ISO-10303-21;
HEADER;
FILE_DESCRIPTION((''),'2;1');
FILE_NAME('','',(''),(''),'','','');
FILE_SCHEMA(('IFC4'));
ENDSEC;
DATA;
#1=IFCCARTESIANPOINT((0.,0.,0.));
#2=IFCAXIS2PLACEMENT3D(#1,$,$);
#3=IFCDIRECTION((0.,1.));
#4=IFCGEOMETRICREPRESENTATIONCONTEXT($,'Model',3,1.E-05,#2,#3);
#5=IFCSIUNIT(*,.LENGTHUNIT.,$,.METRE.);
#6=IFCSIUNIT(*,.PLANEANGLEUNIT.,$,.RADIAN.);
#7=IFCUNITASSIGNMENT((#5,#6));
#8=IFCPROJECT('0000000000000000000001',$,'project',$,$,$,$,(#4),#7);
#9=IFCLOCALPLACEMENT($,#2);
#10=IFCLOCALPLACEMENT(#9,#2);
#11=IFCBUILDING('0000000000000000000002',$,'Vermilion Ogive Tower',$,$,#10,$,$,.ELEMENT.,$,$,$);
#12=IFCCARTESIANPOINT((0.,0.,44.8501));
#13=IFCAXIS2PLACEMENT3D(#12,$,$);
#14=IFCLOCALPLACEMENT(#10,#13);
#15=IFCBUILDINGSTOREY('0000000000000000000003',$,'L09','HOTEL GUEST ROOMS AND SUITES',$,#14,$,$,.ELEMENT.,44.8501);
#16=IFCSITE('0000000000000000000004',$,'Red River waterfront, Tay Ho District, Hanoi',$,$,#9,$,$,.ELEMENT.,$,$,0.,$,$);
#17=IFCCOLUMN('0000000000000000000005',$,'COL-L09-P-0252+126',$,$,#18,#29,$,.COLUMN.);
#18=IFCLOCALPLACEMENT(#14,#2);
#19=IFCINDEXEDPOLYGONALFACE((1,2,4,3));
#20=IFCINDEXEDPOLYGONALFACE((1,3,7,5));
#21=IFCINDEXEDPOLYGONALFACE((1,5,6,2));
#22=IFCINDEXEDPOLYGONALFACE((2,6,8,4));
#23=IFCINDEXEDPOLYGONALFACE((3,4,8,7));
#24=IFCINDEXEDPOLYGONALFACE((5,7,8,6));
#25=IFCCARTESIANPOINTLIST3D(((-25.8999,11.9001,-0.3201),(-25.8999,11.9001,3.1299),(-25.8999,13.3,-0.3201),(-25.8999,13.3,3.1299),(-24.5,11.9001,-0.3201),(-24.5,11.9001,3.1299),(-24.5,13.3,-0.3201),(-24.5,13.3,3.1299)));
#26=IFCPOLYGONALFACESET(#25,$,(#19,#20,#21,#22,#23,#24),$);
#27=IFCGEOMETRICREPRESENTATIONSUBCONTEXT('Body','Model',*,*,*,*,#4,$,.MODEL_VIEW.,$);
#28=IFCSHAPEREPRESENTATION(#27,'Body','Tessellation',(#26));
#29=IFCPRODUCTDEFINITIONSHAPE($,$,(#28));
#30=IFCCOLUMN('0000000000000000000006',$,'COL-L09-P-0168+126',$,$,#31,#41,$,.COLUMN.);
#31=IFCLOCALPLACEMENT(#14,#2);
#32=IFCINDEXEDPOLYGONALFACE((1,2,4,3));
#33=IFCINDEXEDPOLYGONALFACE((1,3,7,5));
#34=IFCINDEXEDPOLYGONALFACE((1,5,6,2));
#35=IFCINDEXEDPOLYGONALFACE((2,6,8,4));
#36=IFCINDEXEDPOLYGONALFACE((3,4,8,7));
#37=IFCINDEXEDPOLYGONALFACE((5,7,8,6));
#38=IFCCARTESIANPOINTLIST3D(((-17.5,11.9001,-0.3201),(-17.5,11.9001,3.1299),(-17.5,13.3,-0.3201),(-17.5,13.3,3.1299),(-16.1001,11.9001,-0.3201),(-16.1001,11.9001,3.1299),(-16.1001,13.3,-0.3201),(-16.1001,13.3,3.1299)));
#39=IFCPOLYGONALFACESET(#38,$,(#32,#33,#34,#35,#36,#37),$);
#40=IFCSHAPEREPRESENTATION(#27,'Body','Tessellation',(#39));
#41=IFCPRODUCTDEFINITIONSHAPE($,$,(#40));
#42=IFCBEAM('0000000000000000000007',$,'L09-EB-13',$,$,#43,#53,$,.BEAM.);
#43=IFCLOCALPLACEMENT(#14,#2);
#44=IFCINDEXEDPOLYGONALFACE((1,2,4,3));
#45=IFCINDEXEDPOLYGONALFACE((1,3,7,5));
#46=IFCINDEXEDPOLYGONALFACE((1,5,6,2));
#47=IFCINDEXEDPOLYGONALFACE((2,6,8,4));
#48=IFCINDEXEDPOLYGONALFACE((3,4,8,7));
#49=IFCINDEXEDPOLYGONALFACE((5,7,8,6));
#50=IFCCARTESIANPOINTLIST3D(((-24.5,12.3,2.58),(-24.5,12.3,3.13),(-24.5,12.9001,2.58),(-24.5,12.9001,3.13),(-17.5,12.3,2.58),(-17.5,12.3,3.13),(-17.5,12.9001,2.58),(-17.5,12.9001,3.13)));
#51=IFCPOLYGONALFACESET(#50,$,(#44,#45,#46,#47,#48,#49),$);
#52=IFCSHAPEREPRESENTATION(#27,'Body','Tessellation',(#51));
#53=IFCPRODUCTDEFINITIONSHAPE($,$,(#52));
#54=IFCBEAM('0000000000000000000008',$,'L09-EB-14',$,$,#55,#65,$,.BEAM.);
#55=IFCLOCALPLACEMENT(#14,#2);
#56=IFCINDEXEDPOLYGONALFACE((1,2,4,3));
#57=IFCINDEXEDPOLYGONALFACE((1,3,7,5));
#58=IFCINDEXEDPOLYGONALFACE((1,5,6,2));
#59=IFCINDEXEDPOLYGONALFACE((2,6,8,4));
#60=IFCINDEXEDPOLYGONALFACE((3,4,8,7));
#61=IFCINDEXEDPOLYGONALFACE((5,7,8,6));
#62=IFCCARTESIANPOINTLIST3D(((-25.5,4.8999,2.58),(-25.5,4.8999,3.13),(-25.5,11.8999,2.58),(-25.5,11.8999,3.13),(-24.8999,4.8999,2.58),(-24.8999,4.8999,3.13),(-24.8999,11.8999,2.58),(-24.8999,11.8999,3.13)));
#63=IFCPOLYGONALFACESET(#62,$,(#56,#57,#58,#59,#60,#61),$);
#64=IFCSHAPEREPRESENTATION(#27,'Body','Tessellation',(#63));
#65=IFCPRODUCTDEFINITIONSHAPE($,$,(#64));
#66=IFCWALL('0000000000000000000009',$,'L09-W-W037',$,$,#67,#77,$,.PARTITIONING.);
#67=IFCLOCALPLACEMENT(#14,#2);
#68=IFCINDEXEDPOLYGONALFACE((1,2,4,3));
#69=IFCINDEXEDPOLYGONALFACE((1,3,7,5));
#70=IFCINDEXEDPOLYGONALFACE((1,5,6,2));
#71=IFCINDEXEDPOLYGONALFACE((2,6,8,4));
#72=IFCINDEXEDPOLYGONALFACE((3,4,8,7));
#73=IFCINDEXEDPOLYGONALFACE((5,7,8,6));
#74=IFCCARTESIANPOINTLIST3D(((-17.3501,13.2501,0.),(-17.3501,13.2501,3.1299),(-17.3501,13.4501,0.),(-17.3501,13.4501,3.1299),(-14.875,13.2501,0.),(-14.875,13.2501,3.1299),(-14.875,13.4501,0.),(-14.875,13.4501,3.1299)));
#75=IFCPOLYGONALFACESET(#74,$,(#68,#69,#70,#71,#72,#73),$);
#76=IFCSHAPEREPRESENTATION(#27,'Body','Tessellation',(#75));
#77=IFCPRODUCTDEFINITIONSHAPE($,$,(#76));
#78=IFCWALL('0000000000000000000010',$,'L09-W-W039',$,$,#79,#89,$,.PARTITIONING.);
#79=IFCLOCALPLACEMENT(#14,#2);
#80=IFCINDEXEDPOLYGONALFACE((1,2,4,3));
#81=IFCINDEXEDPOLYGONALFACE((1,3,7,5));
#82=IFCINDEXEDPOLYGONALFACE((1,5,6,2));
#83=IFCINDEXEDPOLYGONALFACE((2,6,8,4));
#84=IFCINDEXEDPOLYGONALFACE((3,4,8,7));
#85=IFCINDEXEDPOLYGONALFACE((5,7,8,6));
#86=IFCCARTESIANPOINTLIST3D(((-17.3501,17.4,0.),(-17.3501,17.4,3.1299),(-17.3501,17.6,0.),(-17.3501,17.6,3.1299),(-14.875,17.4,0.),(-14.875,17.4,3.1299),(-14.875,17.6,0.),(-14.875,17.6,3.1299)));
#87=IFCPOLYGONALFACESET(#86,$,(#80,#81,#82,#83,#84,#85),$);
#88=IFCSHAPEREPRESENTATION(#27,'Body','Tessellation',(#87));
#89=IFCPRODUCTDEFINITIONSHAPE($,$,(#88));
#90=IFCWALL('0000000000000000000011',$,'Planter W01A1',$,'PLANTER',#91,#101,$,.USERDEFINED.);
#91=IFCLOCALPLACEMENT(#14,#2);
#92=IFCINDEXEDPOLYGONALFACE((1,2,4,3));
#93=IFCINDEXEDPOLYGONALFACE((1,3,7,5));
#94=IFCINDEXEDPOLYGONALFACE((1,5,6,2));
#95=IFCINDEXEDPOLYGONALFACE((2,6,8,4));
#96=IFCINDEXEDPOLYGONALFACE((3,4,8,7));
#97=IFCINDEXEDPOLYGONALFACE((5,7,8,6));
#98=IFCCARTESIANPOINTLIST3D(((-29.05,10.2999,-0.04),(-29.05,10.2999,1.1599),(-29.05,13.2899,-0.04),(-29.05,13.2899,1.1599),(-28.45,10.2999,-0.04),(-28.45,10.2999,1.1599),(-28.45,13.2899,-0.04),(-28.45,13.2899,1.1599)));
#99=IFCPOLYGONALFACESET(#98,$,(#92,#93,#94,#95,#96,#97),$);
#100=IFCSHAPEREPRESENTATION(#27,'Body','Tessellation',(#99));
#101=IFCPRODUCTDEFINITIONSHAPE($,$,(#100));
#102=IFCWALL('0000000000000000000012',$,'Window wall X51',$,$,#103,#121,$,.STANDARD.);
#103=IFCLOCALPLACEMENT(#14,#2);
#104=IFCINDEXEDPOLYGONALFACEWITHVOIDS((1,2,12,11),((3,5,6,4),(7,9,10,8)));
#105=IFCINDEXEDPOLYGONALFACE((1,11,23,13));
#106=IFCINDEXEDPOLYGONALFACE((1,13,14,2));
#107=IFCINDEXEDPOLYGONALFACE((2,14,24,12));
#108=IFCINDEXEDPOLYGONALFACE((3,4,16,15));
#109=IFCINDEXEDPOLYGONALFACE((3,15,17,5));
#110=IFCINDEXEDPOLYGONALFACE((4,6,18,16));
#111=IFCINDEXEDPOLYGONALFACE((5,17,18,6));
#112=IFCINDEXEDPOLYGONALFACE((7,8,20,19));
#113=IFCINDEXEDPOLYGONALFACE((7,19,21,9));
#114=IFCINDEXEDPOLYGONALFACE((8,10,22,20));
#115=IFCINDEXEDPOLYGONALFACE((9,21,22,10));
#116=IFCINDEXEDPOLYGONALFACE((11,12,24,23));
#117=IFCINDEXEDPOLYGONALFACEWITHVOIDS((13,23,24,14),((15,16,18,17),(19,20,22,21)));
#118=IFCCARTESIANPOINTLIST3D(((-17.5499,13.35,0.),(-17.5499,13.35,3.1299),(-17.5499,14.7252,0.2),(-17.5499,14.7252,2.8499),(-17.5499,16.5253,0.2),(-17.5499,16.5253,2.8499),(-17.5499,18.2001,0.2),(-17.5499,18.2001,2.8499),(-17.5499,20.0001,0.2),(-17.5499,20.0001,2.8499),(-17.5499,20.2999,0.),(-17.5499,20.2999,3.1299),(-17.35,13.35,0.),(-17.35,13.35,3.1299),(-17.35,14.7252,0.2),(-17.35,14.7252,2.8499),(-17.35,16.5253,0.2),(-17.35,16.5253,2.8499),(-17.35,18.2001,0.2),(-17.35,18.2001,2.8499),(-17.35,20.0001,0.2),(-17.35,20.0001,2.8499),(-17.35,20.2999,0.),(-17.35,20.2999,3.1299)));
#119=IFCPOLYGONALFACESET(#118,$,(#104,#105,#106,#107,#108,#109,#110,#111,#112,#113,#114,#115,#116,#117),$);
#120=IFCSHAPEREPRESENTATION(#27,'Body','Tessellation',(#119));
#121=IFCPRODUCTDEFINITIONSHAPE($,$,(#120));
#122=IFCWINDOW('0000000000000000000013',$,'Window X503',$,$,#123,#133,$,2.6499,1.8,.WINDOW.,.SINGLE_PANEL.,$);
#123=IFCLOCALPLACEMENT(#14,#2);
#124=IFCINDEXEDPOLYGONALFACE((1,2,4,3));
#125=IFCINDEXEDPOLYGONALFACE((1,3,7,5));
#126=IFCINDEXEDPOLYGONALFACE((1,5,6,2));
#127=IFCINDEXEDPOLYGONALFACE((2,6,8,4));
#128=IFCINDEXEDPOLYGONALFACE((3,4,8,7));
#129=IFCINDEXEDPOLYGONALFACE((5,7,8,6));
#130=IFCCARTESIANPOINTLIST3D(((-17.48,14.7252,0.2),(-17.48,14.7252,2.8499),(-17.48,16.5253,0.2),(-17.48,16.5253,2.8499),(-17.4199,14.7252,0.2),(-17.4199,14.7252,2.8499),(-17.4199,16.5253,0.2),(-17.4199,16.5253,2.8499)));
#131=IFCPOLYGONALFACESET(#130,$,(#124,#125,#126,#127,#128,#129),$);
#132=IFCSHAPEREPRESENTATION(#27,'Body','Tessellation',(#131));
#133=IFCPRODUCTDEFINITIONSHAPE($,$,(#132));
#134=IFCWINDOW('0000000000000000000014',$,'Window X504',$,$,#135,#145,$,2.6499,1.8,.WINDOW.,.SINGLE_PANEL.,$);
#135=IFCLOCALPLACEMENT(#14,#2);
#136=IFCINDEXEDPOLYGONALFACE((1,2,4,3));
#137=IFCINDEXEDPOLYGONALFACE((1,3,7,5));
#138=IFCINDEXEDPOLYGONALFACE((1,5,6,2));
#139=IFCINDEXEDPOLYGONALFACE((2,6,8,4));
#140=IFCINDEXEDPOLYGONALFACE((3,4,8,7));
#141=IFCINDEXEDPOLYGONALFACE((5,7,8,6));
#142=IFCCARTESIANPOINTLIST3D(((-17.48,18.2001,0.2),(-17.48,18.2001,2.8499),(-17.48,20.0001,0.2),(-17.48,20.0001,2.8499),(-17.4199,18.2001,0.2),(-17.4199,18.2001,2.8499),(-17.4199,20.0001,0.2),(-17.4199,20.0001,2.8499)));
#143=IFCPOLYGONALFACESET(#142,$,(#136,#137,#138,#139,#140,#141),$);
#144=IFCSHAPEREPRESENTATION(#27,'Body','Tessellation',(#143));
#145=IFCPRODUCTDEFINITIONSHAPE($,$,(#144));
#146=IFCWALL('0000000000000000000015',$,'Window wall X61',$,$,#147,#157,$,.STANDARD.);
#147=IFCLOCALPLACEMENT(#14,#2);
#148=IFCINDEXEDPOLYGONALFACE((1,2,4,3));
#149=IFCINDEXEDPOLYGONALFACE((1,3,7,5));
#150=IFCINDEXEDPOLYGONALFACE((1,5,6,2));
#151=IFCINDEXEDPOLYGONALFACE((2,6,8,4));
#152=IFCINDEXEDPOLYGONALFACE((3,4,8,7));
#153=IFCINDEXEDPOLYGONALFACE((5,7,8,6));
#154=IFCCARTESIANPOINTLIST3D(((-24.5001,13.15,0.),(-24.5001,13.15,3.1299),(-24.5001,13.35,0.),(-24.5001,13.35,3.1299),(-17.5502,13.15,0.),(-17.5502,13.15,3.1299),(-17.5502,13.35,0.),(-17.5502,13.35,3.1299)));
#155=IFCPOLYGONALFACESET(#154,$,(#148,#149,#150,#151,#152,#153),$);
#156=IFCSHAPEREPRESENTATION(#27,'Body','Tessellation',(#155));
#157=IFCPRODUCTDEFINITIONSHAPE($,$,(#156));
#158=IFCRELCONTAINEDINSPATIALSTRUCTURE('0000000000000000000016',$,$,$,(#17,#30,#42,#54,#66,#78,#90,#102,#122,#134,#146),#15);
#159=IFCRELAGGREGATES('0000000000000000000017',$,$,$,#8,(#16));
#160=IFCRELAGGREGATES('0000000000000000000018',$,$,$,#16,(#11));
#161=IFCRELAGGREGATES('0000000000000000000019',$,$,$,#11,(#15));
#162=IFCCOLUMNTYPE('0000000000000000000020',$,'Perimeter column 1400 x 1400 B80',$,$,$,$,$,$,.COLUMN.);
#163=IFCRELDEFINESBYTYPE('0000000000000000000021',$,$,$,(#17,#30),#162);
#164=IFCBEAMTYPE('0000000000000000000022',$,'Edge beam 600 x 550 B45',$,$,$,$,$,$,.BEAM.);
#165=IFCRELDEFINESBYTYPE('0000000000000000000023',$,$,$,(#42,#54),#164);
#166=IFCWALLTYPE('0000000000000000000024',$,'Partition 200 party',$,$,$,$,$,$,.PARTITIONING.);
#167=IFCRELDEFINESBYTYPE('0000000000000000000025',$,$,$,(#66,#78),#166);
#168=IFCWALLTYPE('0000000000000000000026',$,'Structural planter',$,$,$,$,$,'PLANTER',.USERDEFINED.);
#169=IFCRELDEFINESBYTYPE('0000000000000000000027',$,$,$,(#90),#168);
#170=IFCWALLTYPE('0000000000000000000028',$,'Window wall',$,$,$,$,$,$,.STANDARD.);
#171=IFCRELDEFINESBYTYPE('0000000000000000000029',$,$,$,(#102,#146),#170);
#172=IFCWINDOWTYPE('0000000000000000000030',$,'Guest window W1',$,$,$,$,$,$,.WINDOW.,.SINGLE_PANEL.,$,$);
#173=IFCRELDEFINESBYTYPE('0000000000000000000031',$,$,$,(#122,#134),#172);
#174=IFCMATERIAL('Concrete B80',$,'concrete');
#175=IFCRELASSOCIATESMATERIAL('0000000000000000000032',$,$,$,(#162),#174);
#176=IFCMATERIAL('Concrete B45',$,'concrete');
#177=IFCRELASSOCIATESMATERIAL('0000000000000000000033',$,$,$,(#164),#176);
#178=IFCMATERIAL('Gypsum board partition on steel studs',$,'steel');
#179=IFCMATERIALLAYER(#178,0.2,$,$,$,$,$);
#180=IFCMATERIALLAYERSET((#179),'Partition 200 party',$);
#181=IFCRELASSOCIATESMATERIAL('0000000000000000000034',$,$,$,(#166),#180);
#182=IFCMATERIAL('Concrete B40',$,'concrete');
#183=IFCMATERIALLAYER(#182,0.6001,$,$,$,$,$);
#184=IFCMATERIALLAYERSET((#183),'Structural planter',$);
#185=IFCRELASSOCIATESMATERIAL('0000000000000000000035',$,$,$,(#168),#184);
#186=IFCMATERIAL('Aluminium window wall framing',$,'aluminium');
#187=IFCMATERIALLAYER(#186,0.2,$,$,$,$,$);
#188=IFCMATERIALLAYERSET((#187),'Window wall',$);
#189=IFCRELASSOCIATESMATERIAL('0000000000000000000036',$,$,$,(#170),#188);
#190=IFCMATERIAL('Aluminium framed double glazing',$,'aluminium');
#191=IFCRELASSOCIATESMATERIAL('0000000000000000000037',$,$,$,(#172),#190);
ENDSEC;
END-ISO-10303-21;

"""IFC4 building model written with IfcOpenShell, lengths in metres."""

from ifc_helpers import new_model, si_unit, direction, frame, frame_2d, origin, origin_2d, place, context, subcontext, project, spatial, rectangle, extrude, material, layer, layer_set, material_profile, profile_set, type_object, element, fill, save


model = new_model("IFC4")

# Units and contexts
model_context = context("Model", 3, precision=1e-05, world=origin(), true_north=direction((0.0, 1.0)))
body_context = subcontext(model_context, "Body", "Model", "MODEL_VIEW")
ifc_project = project(units=[si_unit("LENGTHUNIT", "METRE"), si_unit("PLANEANGLEUNIT", "RADIAN")], contexts=[model_context])

# Site, building, storey
site_placement = place(None, origin())
site = spatial("IfcSite", under=ifc_project, at=site_placement, Name="Red River waterfront, Tay Ho District, Hanoi", CompositionType="ELEMENT", RefElevation=0.0)
building_placement = place(site_placement, origin())
building = spatial("IfcBuilding", under=site, at=building_placement, Name="Vermilion Ogive Tower", CompositionType="ELEMENT")
storey_placement = place(building_placement, frame((0.0, 0.0, 44.8501)))
storey = spatial("IfcBuildingStorey", under=building, at=storey_placement, Name="L09", Description="HOTEL GUEST ROOMS AND SUITES", CompositionType="ELEMENT", Elevation=44.8501)

# Columns
ifc_material_1 = material(Name="Concrete B80", Category="concrete")
ifc_material_profile_1 = material_profile(ifc_material_1, rectangle(XDim=1.3999, YDim=1.3999, at=origin_2d()), Name="1400 x 1400")
ifc_profile_set_1 = profile_set([ifc_material_profile_1], Name="Concrete B80")
column_type = type_object("IfcColumnType", Name="Perimeter column 1400 x 1400 B80", PredefinedType="COLUMN", material=ifc_profile_set_1)
for number, where, z_axis, x_axis, name in (
    (1, (-25.2, 12.6001, -0.3201), (0.0, 0.0, 1.0), (1.0, 0.0, 0.0), "COL-L09-P-0252+126"),
    (2, (-16.8, 12.6001, -0.3201), (0.0, 0.0, 1.0), (1.0, 0.0, 0.0), "COL-L09-P-0168+126"),
):
    element("IfcColumn", number, at=place(storey_placement, frame(where, z_axis=z_axis, x_axis=x_axis)), inside=storey, type_object=column_type, Name=name, PredefinedType="COLUMN", context=body_context, shape_type="SweptSolid", body=[
        extrude(rectangle(XDim=1.3999, YDim=1.3999, at=origin_2d()), origin(), (0.0, 0.0, 1.0), 3.45),
    ])

# Beams
ifc_material_2 = material(Name="Concrete B45", Category="concrete")
ifc_material_profile_2 = material_profile(ifc_material_2, rectangle(XDim=0.6001, YDim=0.55, at=origin_2d()), Name="600 x 550")
ifc_profile_set_2 = profile_set([ifc_material_profile_2], Name="Concrete B45")
beam_type = type_object("IfcBeamType", Name="Edge beam 600 x 550 B45", PredefinedType="BEAM", material=ifc_profile_set_2)
for number, where, z_axis, x_axis, name in (
    (3, (-17.5, 12.6001, 2.855), (-1.0, 0.0, 0.0), (0.0, -1.0, 0.0), "L09-EB-13"),
    (4, (-25.2, 11.8999, 2.855), (0.0, -1.0, 0.0), (1.0, 0.0, 0.0), "L09-EB-14"),
):
    element("IfcBeam", number, at=place(storey_placement, frame(where, z_axis=z_axis, x_axis=x_axis)), inside=storey, type_object=beam_type, Name=name, PredefinedType="BEAM", context=body_context, shape_type="SweptSolid", body=[
        extrude(rectangle(XDim=0.6001, YDim=0.55, at=origin_2d()), origin(), (0.0, 0.0, 1.0), 7.0),
    ])

# Walls
ifc_material_3 = material(Name="Gypsum board partition on steel studs", Category="steel")
ifc_layer_1 = layer(ifc_material_3, 0.2)
ifc_layer_set_1 = layer_set([ifc_layer_1], Name="Partition 200 party")
wall_type_1 = type_object("IfcWallType", Name="Partition 200 party", PredefinedType="PARTITIONING", material=ifc_layer_set_1)
for number, where, z_axis, x_axis, name in (
    (5, (-17.3501, 13.3501, 0.0), (0.0, 0.0, 1.0), (1.0, 0.0, 0.0), "L09-W-W037"),
    (6, (-17.3501, 17.5, 0.0), (0.0, 0.0, 1.0), (1.0, 0.0, 0.0), "L09-W-W039"),
):
    element("IfcWall", number, at=place(storey_placement, frame(where, z_axis=z_axis, x_axis=x_axis)), inside=storey, type_object=wall_type_1, Name=name, PredefinedType="PARTITIONING", context=body_context, shape_type="SweptSolid", body=[
        extrude(rectangle(XDim=2.4751, YDim=0.2, at=frame_2d((1.2375, 0.0))), origin(), (0.0, 0.0, 1.0), 3.1299),
    ])
ifc_material_4 = material(Name="Concrete B40", Category="concrete")
ifc_layer_2 = layer(ifc_material_4, 0.6001)
ifc_layer_set_2 = layer_set([ifc_layer_2], Name="Structural planter")
wall_type_2 = type_object("IfcWallType", Name="Structural planter", ElementType="PLANTER", PredefinedType="USERDEFINED", material=ifc_layer_set_2)
wall_1_placement = place(storey_placement, frame((-28.75, 13.29, -0.04), z_axis=(0.0, 0.0, 1.0), x_axis=(0.0, -1.0, 0.0)))
element("IfcWall", 7, at=wall_1_placement, inside=storey, type_object=wall_type_2, Name="Planter W01A1", ObjectType="PLANTER", PredefinedType="USERDEFINED", context=body_context, shape_type="SweptSolid", body=[
    extrude(rectangle(XDim=2.99, YDim=0.6001, at=frame_2d((1.4951, 0.0))), origin(), (0.0, 0.0, 1.0), 1.2),
])

# Wall, openings, windows
ifc_material_5 = material(Name="Aluminium window wall framing", Category="aluminium")
ifc_layer_3 = layer(ifc_material_5, 0.2)
ifc_layer_set_3 = layer_set([ifc_layer_3], Name="Window wall")
wall_type_3 = type_object("IfcWallType", Name="Window wall", PredefinedType="STANDARD", material=ifc_layer_set_3)
wall_2_placement = place(storey_placement, frame((-17.45, 20.3, 0.0), z_axis=(0.0, 0.0, 1.0), x_axis=(0.0, -1.0, 0.0)))
wall_2 = element("IfcWall", 8, at=wall_2_placement, inside=storey, type_object=wall_type_3, Name="Window wall X51", PredefinedType="STANDARD", context=body_context, shape_type="SweptSolid", body=[
    extrude(rectangle(XDim=6.95, YDim=0.2, at=frame_2d((3.4751, 0.0))), origin(), (0.0, 0.0, 1.0), 3.1299),
])
opening_1_placement = place(wall_2_placement, frame((3.7749, 0.0, 0.2)))
opening_1 = element("IfcOpeningElement", 9, at=opening_1_placement, cuts=wall_2, PredefinedType="OPENING", context=body_context, shape_type="SweptSolid", body=[
    extrude(rectangle(XDim=1.8, YDim=2.6499, at=frame_2d((0.8999, 1.325))), frame((0.0, 0.1099, 0.0), z_axis=(0.0, -1.0, 0.0), x_axis=(1.0, 0.0, 0.0)), (0.0, 0.0, 1.0), 0.22),
])
opening_2_placement = place(wall_2_placement, frame((0.3, 0.0, 0.2)))
opening_2 = element("IfcOpeningElement", 10, at=opening_2_placement, cuts=wall_2, PredefinedType="OPENING", context=body_context, shape_type="SweptSolid", body=[
    extrude(rectangle(XDim=1.8, YDim=2.6499, at=frame_2d((0.8999, 1.325))), frame((0.0, 0.1099, 0.0), z_axis=(0.0, -1.0, 0.0), x_axis=(1.0, 0.0, 0.0)), (0.0, 0.0, 1.0), 0.22),
])
ifc_material_6 = material(Name="Aluminium framed double glazing", Category="aluminium")
window_type = type_object("IfcWindowType", Name="Guest window W1", PartitioningType="SINGLE_PANEL", PredefinedType="WINDOW", material=ifc_material_6)
window_1_placement = place(opening_1_placement, origin())
window_1 = element("IfcWindow", 11, at=window_1_placement, inside=storey, type_object=window_type, Name="Window X503", OverallHeight=2.6499, OverallWidth=1.8, PartitioningType="SINGLE_PANEL", PredefinedType="WINDOW", context=body_context, shape_type="SweptSolid", body=[
    extrude(rectangle(XDim=1.8, YDim=2.6499, at=frame_2d((0.8999, 1.325))), frame((0.0, 0.03, 0.0), z_axis=(0.0, -1.0, 0.0), x_axis=(1.0, 0.0, 0.0)), (0.0, 0.0, 1.0), 0.0601),
])
fill(opening_1, window_1)
window_2_placement = place(opening_2_placement, origin())
window_2 = element("IfcWindow", 12, at=window_2_placement, inside=storey, type_object=window_type, Name="Window X504", OverallHeight=2.6499, OverallWidth=1.8, PartitioningType="SINGLE_PANEL", PredefinedType="WINDOW", context=body_context, shape_type="SweptSolid", body=[
    extrude(rectangle(XDim=1.8, YDim=2.6499, at=frame_2d((0.8999, 1.325))), frame((0.0, 0.03, 0.0), z_axis=(0.0, -1.0, 0.0), x_axis=(1.0, 0.0, 0.0)), (0.0, 0.0, 1.0), 0.0601),
])
fill(opening_2, window_2)

# Wall
wall_3_placement = place(storey_placement, frame((-17.55, 13.25, 0.0), z_axis=(0.0, 0.0, 1.0), x_axis=(-1.0, 0.0, 0.0)))
element("IfcWall", 13, at=wall_3_placement, inside=storey, type_object=wall_type_3, Name="Window wall X61", PredefinedType="STANDARD", context=body_context, shape_type="SweptSolid", body=[
    extrude(rectangle(XDim=6.95, YDim=0.2, at=frame_2d((3.4751, 0.0))), origin(), (0.0, 0.0, 1.0), 3.1299),
])

save(model, "model.ifc")
